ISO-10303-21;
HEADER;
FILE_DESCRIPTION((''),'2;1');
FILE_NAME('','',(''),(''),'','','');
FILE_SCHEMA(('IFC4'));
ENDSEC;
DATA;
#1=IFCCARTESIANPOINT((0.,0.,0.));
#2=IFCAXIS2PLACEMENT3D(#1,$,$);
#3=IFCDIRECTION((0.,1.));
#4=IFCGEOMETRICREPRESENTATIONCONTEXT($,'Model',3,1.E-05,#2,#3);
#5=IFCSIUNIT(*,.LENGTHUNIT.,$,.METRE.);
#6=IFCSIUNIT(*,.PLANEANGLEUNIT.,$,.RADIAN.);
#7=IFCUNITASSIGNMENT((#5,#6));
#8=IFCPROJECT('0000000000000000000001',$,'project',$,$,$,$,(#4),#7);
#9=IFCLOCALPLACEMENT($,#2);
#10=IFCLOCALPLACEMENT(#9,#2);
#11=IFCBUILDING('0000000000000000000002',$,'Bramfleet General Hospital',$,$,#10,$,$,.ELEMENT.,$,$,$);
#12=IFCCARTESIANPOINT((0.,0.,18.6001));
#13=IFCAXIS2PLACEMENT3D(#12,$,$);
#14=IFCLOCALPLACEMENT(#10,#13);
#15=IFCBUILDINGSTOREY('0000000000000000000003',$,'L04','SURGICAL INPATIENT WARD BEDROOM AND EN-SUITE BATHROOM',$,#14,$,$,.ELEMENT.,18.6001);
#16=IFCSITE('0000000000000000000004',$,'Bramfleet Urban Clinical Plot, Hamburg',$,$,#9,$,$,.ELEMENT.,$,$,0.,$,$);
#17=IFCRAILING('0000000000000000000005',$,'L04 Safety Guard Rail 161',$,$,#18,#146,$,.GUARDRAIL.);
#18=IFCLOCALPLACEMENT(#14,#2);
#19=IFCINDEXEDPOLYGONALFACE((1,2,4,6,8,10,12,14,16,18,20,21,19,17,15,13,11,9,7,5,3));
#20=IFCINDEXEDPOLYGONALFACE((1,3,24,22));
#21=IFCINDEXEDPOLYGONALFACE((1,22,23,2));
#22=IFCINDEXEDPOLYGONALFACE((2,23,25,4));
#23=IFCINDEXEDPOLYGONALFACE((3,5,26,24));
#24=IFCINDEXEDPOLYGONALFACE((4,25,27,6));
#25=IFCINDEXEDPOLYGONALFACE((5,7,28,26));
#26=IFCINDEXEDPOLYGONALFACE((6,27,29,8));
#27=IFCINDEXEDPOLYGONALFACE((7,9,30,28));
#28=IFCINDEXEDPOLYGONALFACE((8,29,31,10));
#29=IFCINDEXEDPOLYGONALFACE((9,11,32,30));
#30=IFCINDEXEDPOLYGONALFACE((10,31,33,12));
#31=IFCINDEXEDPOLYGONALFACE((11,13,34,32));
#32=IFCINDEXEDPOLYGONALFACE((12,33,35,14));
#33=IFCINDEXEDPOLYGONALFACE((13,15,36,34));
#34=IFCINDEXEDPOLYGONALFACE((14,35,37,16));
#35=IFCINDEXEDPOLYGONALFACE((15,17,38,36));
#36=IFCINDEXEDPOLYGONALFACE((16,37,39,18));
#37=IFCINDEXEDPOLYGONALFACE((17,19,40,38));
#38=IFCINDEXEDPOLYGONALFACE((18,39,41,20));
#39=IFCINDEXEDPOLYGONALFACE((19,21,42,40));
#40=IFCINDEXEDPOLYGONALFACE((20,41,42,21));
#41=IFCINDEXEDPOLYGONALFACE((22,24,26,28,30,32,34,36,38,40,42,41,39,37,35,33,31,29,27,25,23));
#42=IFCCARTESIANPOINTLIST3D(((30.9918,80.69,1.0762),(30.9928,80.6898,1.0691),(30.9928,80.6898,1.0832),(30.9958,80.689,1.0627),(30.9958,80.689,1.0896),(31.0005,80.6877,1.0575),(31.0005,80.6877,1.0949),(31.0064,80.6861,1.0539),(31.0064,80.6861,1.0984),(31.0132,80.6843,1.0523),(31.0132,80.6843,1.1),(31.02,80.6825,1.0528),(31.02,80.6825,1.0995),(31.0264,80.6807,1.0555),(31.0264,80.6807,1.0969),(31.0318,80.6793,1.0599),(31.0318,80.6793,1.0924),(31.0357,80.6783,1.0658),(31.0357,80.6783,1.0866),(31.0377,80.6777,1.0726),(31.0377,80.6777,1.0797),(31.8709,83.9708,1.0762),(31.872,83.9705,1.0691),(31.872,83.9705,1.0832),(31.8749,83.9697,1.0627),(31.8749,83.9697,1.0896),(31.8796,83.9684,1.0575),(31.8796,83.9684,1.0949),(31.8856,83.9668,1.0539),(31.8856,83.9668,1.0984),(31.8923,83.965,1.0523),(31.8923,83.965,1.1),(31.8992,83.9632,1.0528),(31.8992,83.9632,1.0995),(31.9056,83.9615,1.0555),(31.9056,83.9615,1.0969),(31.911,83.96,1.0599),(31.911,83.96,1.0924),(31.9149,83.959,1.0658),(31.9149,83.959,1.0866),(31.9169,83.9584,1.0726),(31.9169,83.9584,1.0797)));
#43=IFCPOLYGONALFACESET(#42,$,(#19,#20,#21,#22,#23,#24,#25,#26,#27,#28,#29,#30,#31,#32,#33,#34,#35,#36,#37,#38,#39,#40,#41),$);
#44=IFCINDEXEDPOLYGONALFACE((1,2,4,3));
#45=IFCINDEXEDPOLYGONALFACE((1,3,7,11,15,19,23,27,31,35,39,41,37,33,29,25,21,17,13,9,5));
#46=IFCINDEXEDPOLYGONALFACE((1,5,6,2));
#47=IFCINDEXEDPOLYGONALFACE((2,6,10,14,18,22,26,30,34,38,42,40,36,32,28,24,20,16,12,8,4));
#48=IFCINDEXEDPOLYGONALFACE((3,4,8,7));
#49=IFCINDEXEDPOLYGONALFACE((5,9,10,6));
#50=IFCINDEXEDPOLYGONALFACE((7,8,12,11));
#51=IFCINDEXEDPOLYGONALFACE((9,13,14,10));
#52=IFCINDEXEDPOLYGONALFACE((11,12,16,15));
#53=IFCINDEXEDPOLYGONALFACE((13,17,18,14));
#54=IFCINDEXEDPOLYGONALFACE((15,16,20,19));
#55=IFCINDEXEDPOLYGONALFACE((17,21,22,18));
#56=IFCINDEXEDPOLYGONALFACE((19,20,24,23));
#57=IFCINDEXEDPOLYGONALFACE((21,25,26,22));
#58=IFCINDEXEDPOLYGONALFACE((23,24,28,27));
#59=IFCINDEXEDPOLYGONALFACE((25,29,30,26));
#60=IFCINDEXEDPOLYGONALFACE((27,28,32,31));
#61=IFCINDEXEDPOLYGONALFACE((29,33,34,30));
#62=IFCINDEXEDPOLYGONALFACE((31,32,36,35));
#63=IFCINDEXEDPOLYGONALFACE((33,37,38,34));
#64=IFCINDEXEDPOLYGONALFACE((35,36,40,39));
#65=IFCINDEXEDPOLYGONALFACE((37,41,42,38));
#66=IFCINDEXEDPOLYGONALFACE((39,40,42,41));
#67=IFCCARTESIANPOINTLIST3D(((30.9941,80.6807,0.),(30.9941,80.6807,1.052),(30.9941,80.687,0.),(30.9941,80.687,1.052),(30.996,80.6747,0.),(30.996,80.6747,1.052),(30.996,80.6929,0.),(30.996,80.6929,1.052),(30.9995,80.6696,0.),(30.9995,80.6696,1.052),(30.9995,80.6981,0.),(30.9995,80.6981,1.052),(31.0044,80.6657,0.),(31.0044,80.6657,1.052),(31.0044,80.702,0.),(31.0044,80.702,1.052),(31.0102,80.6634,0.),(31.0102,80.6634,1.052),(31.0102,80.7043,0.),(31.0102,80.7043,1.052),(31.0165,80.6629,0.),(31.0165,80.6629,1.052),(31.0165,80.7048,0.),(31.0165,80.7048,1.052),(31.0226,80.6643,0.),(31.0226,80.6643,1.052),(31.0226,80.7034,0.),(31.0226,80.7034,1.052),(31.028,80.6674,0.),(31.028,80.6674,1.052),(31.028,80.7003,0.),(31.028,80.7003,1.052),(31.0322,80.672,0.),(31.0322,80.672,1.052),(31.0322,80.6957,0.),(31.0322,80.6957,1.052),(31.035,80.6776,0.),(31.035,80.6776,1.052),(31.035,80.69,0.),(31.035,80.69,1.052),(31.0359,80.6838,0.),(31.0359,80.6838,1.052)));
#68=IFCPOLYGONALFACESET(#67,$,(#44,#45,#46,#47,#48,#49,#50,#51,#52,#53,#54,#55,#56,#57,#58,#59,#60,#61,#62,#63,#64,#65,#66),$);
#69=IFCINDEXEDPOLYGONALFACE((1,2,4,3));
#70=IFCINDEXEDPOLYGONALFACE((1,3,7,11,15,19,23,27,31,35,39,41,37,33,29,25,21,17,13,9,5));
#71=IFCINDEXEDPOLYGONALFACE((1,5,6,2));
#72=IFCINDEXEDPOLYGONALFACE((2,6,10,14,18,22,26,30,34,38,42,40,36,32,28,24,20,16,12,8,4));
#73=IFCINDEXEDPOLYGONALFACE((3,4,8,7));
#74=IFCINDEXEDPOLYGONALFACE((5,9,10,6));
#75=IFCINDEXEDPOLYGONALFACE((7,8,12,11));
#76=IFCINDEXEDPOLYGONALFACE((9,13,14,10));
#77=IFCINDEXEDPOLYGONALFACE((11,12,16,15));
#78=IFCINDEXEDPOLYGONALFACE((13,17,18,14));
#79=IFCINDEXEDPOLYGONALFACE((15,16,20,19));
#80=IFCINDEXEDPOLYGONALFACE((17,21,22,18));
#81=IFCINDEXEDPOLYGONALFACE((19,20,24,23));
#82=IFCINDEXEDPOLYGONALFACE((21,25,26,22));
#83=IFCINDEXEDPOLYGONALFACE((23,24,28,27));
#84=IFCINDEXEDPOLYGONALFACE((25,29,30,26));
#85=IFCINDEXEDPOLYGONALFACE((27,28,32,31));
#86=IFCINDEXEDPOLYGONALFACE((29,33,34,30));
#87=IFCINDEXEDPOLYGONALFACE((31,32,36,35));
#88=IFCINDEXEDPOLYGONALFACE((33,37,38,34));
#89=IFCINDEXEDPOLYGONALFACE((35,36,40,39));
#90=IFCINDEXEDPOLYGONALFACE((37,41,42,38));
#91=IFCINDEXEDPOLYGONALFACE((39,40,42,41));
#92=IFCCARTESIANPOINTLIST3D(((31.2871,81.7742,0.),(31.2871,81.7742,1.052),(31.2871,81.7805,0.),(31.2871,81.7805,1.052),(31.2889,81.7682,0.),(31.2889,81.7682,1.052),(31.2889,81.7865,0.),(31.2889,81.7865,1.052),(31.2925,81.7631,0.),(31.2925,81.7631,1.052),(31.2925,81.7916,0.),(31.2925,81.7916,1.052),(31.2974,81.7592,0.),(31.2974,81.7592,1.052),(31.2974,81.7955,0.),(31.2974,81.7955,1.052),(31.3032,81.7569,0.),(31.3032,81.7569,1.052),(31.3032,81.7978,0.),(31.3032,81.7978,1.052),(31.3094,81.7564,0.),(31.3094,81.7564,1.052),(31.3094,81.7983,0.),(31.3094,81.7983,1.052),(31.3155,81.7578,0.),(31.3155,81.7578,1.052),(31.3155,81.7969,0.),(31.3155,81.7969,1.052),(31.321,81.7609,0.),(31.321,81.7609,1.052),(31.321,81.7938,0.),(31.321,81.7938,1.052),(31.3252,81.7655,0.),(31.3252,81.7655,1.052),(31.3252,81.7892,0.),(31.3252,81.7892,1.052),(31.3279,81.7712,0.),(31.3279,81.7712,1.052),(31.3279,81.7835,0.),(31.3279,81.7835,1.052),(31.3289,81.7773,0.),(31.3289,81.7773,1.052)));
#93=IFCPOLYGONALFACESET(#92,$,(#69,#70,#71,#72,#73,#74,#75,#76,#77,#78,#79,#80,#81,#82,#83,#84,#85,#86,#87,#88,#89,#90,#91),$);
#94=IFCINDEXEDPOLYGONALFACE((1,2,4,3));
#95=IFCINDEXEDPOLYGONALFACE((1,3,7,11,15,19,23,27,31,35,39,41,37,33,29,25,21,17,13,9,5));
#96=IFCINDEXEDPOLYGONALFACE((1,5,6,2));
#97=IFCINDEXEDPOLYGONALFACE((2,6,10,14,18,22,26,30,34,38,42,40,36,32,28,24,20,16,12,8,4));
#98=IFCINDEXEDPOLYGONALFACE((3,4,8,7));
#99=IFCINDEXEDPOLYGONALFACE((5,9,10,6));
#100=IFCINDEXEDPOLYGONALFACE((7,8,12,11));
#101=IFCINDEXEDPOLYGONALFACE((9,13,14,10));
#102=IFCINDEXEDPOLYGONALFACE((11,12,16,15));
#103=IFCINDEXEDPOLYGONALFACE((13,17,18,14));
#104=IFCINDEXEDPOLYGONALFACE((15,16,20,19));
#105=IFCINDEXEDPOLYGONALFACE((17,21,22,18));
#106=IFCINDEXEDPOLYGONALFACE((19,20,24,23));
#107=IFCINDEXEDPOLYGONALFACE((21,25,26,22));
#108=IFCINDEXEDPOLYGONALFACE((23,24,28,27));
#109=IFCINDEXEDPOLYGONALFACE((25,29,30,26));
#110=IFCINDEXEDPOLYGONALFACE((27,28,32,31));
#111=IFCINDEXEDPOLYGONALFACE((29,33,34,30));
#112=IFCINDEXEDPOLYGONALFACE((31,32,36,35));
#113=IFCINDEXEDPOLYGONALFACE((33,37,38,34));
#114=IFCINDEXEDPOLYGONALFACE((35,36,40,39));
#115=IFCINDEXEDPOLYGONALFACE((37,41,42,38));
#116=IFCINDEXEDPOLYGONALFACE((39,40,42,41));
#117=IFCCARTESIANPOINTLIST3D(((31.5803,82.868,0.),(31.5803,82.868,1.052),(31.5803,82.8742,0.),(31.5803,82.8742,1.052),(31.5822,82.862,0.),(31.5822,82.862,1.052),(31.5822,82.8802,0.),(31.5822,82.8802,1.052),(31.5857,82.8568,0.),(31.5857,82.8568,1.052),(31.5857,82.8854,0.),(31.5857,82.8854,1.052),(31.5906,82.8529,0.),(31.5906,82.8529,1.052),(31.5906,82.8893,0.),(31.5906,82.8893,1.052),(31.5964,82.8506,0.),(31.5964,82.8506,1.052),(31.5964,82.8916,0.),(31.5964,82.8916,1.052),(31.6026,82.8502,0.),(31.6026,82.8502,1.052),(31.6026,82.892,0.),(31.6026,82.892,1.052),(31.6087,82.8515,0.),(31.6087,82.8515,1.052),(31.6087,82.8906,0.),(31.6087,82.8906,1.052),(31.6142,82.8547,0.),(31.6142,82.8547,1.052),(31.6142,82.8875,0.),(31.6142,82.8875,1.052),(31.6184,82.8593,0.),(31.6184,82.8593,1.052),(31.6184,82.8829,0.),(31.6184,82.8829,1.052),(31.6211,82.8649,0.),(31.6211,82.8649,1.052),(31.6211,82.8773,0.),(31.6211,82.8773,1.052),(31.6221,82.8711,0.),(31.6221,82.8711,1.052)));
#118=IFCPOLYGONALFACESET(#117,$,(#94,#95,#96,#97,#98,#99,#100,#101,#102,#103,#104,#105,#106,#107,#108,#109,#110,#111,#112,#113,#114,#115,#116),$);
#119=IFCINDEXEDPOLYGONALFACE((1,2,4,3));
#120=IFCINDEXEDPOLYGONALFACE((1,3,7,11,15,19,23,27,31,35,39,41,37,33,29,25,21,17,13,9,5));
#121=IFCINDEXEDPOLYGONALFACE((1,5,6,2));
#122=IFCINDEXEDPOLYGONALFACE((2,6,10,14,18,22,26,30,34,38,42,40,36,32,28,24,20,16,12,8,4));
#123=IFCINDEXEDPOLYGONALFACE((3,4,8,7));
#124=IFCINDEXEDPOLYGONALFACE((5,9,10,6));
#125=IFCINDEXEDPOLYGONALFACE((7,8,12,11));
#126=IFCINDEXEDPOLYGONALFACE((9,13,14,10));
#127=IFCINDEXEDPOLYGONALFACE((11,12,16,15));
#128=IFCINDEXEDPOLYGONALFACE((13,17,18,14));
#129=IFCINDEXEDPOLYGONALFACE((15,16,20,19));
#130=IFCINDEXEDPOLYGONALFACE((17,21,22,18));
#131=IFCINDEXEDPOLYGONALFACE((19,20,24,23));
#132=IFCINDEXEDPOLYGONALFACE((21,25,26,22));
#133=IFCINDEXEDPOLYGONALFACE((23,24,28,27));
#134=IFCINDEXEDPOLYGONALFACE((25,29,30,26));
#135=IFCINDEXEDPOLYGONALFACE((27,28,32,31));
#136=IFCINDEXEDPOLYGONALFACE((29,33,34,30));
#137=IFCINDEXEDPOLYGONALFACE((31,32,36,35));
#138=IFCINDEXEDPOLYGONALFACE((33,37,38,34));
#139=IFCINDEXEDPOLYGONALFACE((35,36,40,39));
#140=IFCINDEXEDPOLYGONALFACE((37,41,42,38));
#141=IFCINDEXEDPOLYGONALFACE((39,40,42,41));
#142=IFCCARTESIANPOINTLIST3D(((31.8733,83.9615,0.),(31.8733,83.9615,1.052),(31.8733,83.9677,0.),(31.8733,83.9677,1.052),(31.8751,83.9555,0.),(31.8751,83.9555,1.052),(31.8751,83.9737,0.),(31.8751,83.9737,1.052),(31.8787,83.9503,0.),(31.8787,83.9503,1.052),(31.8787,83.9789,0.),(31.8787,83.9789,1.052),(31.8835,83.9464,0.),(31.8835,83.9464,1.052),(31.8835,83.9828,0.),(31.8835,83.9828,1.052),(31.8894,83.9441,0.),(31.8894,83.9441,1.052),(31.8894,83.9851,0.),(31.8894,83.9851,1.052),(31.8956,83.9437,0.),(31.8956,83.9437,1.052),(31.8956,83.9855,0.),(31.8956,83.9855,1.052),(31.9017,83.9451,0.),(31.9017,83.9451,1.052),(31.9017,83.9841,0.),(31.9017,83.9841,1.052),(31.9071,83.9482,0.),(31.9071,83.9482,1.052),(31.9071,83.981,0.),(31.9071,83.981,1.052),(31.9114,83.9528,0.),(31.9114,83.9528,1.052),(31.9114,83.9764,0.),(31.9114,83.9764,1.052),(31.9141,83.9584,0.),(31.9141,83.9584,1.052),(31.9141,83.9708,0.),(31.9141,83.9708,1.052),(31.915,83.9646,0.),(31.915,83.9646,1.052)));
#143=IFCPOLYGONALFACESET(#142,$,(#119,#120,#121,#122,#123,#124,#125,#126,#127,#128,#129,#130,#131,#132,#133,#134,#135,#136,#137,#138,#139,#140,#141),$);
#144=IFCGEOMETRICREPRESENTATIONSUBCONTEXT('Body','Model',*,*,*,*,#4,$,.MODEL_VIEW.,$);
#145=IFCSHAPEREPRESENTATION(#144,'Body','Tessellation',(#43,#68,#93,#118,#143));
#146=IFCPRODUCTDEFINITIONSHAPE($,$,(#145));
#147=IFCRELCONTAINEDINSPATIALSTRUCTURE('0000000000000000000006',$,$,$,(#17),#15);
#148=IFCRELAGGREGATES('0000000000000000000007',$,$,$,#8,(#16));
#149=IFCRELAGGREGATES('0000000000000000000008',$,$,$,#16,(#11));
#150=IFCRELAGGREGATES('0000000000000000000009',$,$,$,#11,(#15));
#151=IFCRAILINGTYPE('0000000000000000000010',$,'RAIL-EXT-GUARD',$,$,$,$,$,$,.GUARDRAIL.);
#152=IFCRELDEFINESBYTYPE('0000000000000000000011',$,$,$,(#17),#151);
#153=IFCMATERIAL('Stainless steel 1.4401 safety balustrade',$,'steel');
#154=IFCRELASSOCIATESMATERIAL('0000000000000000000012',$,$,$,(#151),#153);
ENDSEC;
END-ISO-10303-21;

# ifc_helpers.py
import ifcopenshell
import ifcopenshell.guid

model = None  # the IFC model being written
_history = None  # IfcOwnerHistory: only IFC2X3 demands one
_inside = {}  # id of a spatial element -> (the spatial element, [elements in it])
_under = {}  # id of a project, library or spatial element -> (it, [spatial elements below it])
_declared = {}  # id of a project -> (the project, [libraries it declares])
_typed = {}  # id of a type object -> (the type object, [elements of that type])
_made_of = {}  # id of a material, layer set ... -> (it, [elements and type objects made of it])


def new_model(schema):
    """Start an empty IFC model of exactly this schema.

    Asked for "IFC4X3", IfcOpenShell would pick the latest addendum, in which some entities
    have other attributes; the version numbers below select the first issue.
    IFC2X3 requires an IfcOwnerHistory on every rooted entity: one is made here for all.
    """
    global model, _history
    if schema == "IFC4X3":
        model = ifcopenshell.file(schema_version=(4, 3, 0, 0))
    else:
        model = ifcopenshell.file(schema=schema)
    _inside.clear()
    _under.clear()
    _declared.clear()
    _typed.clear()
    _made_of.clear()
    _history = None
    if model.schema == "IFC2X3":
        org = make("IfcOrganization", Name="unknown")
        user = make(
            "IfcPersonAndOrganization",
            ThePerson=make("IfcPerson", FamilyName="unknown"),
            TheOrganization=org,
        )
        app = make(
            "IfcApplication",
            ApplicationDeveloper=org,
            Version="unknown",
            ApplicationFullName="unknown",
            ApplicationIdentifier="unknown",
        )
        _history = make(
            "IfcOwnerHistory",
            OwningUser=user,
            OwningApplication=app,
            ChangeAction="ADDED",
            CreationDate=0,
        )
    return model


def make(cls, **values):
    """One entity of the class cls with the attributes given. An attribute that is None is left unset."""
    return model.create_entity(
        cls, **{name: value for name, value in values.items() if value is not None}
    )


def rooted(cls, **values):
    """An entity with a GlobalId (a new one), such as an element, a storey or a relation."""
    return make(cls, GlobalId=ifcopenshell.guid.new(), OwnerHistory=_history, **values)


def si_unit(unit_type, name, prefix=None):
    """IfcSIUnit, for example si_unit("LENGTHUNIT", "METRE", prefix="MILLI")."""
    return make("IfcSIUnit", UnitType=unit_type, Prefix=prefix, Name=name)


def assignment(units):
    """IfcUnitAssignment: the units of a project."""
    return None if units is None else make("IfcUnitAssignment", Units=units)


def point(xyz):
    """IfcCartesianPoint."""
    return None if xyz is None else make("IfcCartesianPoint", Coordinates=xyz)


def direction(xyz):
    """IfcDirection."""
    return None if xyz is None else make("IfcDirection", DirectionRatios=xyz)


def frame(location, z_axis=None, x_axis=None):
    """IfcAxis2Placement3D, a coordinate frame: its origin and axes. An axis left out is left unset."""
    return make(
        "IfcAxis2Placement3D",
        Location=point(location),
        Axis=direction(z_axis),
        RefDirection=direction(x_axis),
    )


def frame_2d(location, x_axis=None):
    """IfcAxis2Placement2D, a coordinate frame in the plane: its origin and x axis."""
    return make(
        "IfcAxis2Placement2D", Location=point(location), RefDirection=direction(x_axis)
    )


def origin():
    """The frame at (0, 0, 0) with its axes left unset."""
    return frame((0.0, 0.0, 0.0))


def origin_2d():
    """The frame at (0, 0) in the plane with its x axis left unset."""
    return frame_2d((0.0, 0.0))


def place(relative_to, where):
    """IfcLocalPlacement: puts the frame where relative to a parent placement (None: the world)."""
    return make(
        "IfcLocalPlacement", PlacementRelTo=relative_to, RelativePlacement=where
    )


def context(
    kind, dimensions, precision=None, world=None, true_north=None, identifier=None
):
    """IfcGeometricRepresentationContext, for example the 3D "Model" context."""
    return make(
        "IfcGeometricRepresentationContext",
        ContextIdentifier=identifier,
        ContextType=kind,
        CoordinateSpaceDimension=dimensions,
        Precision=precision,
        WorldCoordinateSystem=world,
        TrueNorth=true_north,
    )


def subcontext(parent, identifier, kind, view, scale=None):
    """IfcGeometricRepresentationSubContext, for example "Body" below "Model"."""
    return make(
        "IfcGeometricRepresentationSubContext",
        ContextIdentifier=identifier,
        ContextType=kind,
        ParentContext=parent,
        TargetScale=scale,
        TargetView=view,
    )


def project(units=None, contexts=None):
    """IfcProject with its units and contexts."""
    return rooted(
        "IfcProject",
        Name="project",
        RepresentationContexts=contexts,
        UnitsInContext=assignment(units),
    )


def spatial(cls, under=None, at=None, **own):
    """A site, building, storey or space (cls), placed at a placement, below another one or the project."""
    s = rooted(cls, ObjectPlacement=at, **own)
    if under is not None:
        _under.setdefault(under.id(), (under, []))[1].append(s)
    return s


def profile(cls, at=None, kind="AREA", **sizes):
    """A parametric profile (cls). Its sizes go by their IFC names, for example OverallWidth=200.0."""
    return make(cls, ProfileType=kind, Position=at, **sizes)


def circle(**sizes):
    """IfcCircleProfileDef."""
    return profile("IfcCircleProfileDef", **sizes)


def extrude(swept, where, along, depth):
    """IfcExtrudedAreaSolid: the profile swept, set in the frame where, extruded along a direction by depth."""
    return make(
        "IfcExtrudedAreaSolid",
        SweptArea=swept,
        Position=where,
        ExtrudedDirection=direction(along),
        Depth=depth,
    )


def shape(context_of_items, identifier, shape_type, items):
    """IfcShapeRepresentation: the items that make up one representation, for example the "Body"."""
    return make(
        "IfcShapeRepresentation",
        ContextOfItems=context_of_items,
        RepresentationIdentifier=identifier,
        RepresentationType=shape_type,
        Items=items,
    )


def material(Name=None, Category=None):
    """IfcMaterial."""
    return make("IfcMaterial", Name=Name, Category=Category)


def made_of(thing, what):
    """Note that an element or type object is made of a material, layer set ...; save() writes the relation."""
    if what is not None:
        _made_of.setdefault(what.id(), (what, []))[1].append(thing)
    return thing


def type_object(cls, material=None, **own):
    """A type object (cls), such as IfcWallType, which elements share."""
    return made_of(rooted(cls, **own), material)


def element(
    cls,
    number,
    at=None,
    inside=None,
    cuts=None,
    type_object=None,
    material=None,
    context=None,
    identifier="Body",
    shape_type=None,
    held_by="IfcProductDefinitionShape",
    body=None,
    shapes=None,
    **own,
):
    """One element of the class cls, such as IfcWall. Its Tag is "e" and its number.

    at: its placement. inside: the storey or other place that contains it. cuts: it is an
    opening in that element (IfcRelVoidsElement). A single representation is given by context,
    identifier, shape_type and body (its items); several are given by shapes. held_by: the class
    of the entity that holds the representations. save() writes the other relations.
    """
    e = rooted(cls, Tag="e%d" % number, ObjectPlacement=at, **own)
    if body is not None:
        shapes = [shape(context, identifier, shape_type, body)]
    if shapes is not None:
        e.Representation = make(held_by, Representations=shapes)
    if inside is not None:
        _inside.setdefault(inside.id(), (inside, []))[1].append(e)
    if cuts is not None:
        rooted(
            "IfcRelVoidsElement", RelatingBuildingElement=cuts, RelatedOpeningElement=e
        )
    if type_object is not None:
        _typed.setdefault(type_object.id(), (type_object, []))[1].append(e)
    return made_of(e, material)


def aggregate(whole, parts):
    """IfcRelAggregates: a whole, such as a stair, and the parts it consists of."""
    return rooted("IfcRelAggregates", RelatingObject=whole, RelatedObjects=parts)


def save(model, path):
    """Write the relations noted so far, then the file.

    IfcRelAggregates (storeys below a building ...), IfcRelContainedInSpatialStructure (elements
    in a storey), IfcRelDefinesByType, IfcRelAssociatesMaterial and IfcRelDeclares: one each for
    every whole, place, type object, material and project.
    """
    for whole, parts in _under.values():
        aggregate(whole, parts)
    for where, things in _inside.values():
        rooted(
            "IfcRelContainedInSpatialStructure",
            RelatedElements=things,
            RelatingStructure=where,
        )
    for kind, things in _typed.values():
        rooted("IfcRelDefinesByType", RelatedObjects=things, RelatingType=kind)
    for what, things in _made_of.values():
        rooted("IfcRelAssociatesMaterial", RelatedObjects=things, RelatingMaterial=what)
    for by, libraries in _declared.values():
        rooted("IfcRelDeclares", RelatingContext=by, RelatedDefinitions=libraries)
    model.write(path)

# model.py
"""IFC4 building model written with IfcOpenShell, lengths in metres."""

from ifc_helpers import new_model, si_unit, direction, frame, origin, origin_2d, place, context, subcontext, project, spatial, circle, extrude, material, type_object, element, save


model = new_model("IFC4")

# Units and contexts
model_context = context("Model", 3, precision=1e-05, world=origin(), true_north=direction((0.0, 1.0)))
body_context = subcontext(model_context, "Body", "Model", "MODEL_VIEW")
ifc_project = project(units=[si_unit("LENGTHUNIT", "METRE"), si_unit("PLANEANGLEUNIT", "RADIAN")], contexts=[model_context])

# Site, building, storey
site_placement = place(None, origin())
site = spatial("IfcSite", under=ifc_project, at=site_placement, Name="Bramfleet Urban Clinical Plot, Hamburg", CompositionType="ELEMENT", RefElevation=0.0)
building_placement = place(site_placement, origin())
building = spatial("IfcBuilding", under=site, at=building_placement, Name="Bramfleet General Hospital", CompositionType="ELEMENT")
storey_placement = place(building_placement, frame((0.0, 0.0, 18.6001)))
storey = spatial("IfcBuildingStorey", under=building, at=storey_placement, Name="L04", Description="SURGICAL INPATIENT WARD BEDROOM AND EN-SUITE BATHROOM", CompositionType="ELEMENT", Elevation=18.6001)

# Railing
ifc_material_1 = material(Name="Stainless steel 1.4401 safety balustrade", Category="steel")
railing_type = type_object("IfcRailingType", Name="RAIL-EXT-GUARD", PredefinedType="GUARDRAIL", material=ifc_material_1)
railing_1_placement = place(storey_placement, frame((31.0149, 80.6838, 0.0)))
element("IfcRailing", 1, at=railing_1_placement, inside=storey, type_object=railing_type, Name="L04 Safety Guard Rail 161", PredefinedType="GUARDRAIL", context=body_context, shape_type="SweptSolid", body=[
    extrude(circle(Radius=0.0239, at=origin_2d()), frame((0.0, 0.0, 1.0762), z_axis=(0.258839, 0.96592, 0.0), x_axis=(-0.96592, 0.258839, 0.0)), (0.0, 0.0, 1.0), 3.3965),
    extrude(circle(Radius=0.021, at=origin_2d()), origin(), (0.0, 0.0, 1.0), 1.052),
    extrude(circle(Radius=0.021, at=origin_2d()), frame((0.293, 1.0935, 0.0)), (0.0, 0.0, 1.0), 1.052),
    extrude(circle(Radius=0.021, at=origin_2d()), frame((0.5862, 2.1873, 0.0)), (0.0, 0.0, 1.0), 1.052),
    extrude(circle(Radius=0.021, at=origin_2d()), frame((0.8792, 3.2808, 0.0)), (0.0, 0.0, 1.0), 1.052),
])

save(model, "model.ifc")
